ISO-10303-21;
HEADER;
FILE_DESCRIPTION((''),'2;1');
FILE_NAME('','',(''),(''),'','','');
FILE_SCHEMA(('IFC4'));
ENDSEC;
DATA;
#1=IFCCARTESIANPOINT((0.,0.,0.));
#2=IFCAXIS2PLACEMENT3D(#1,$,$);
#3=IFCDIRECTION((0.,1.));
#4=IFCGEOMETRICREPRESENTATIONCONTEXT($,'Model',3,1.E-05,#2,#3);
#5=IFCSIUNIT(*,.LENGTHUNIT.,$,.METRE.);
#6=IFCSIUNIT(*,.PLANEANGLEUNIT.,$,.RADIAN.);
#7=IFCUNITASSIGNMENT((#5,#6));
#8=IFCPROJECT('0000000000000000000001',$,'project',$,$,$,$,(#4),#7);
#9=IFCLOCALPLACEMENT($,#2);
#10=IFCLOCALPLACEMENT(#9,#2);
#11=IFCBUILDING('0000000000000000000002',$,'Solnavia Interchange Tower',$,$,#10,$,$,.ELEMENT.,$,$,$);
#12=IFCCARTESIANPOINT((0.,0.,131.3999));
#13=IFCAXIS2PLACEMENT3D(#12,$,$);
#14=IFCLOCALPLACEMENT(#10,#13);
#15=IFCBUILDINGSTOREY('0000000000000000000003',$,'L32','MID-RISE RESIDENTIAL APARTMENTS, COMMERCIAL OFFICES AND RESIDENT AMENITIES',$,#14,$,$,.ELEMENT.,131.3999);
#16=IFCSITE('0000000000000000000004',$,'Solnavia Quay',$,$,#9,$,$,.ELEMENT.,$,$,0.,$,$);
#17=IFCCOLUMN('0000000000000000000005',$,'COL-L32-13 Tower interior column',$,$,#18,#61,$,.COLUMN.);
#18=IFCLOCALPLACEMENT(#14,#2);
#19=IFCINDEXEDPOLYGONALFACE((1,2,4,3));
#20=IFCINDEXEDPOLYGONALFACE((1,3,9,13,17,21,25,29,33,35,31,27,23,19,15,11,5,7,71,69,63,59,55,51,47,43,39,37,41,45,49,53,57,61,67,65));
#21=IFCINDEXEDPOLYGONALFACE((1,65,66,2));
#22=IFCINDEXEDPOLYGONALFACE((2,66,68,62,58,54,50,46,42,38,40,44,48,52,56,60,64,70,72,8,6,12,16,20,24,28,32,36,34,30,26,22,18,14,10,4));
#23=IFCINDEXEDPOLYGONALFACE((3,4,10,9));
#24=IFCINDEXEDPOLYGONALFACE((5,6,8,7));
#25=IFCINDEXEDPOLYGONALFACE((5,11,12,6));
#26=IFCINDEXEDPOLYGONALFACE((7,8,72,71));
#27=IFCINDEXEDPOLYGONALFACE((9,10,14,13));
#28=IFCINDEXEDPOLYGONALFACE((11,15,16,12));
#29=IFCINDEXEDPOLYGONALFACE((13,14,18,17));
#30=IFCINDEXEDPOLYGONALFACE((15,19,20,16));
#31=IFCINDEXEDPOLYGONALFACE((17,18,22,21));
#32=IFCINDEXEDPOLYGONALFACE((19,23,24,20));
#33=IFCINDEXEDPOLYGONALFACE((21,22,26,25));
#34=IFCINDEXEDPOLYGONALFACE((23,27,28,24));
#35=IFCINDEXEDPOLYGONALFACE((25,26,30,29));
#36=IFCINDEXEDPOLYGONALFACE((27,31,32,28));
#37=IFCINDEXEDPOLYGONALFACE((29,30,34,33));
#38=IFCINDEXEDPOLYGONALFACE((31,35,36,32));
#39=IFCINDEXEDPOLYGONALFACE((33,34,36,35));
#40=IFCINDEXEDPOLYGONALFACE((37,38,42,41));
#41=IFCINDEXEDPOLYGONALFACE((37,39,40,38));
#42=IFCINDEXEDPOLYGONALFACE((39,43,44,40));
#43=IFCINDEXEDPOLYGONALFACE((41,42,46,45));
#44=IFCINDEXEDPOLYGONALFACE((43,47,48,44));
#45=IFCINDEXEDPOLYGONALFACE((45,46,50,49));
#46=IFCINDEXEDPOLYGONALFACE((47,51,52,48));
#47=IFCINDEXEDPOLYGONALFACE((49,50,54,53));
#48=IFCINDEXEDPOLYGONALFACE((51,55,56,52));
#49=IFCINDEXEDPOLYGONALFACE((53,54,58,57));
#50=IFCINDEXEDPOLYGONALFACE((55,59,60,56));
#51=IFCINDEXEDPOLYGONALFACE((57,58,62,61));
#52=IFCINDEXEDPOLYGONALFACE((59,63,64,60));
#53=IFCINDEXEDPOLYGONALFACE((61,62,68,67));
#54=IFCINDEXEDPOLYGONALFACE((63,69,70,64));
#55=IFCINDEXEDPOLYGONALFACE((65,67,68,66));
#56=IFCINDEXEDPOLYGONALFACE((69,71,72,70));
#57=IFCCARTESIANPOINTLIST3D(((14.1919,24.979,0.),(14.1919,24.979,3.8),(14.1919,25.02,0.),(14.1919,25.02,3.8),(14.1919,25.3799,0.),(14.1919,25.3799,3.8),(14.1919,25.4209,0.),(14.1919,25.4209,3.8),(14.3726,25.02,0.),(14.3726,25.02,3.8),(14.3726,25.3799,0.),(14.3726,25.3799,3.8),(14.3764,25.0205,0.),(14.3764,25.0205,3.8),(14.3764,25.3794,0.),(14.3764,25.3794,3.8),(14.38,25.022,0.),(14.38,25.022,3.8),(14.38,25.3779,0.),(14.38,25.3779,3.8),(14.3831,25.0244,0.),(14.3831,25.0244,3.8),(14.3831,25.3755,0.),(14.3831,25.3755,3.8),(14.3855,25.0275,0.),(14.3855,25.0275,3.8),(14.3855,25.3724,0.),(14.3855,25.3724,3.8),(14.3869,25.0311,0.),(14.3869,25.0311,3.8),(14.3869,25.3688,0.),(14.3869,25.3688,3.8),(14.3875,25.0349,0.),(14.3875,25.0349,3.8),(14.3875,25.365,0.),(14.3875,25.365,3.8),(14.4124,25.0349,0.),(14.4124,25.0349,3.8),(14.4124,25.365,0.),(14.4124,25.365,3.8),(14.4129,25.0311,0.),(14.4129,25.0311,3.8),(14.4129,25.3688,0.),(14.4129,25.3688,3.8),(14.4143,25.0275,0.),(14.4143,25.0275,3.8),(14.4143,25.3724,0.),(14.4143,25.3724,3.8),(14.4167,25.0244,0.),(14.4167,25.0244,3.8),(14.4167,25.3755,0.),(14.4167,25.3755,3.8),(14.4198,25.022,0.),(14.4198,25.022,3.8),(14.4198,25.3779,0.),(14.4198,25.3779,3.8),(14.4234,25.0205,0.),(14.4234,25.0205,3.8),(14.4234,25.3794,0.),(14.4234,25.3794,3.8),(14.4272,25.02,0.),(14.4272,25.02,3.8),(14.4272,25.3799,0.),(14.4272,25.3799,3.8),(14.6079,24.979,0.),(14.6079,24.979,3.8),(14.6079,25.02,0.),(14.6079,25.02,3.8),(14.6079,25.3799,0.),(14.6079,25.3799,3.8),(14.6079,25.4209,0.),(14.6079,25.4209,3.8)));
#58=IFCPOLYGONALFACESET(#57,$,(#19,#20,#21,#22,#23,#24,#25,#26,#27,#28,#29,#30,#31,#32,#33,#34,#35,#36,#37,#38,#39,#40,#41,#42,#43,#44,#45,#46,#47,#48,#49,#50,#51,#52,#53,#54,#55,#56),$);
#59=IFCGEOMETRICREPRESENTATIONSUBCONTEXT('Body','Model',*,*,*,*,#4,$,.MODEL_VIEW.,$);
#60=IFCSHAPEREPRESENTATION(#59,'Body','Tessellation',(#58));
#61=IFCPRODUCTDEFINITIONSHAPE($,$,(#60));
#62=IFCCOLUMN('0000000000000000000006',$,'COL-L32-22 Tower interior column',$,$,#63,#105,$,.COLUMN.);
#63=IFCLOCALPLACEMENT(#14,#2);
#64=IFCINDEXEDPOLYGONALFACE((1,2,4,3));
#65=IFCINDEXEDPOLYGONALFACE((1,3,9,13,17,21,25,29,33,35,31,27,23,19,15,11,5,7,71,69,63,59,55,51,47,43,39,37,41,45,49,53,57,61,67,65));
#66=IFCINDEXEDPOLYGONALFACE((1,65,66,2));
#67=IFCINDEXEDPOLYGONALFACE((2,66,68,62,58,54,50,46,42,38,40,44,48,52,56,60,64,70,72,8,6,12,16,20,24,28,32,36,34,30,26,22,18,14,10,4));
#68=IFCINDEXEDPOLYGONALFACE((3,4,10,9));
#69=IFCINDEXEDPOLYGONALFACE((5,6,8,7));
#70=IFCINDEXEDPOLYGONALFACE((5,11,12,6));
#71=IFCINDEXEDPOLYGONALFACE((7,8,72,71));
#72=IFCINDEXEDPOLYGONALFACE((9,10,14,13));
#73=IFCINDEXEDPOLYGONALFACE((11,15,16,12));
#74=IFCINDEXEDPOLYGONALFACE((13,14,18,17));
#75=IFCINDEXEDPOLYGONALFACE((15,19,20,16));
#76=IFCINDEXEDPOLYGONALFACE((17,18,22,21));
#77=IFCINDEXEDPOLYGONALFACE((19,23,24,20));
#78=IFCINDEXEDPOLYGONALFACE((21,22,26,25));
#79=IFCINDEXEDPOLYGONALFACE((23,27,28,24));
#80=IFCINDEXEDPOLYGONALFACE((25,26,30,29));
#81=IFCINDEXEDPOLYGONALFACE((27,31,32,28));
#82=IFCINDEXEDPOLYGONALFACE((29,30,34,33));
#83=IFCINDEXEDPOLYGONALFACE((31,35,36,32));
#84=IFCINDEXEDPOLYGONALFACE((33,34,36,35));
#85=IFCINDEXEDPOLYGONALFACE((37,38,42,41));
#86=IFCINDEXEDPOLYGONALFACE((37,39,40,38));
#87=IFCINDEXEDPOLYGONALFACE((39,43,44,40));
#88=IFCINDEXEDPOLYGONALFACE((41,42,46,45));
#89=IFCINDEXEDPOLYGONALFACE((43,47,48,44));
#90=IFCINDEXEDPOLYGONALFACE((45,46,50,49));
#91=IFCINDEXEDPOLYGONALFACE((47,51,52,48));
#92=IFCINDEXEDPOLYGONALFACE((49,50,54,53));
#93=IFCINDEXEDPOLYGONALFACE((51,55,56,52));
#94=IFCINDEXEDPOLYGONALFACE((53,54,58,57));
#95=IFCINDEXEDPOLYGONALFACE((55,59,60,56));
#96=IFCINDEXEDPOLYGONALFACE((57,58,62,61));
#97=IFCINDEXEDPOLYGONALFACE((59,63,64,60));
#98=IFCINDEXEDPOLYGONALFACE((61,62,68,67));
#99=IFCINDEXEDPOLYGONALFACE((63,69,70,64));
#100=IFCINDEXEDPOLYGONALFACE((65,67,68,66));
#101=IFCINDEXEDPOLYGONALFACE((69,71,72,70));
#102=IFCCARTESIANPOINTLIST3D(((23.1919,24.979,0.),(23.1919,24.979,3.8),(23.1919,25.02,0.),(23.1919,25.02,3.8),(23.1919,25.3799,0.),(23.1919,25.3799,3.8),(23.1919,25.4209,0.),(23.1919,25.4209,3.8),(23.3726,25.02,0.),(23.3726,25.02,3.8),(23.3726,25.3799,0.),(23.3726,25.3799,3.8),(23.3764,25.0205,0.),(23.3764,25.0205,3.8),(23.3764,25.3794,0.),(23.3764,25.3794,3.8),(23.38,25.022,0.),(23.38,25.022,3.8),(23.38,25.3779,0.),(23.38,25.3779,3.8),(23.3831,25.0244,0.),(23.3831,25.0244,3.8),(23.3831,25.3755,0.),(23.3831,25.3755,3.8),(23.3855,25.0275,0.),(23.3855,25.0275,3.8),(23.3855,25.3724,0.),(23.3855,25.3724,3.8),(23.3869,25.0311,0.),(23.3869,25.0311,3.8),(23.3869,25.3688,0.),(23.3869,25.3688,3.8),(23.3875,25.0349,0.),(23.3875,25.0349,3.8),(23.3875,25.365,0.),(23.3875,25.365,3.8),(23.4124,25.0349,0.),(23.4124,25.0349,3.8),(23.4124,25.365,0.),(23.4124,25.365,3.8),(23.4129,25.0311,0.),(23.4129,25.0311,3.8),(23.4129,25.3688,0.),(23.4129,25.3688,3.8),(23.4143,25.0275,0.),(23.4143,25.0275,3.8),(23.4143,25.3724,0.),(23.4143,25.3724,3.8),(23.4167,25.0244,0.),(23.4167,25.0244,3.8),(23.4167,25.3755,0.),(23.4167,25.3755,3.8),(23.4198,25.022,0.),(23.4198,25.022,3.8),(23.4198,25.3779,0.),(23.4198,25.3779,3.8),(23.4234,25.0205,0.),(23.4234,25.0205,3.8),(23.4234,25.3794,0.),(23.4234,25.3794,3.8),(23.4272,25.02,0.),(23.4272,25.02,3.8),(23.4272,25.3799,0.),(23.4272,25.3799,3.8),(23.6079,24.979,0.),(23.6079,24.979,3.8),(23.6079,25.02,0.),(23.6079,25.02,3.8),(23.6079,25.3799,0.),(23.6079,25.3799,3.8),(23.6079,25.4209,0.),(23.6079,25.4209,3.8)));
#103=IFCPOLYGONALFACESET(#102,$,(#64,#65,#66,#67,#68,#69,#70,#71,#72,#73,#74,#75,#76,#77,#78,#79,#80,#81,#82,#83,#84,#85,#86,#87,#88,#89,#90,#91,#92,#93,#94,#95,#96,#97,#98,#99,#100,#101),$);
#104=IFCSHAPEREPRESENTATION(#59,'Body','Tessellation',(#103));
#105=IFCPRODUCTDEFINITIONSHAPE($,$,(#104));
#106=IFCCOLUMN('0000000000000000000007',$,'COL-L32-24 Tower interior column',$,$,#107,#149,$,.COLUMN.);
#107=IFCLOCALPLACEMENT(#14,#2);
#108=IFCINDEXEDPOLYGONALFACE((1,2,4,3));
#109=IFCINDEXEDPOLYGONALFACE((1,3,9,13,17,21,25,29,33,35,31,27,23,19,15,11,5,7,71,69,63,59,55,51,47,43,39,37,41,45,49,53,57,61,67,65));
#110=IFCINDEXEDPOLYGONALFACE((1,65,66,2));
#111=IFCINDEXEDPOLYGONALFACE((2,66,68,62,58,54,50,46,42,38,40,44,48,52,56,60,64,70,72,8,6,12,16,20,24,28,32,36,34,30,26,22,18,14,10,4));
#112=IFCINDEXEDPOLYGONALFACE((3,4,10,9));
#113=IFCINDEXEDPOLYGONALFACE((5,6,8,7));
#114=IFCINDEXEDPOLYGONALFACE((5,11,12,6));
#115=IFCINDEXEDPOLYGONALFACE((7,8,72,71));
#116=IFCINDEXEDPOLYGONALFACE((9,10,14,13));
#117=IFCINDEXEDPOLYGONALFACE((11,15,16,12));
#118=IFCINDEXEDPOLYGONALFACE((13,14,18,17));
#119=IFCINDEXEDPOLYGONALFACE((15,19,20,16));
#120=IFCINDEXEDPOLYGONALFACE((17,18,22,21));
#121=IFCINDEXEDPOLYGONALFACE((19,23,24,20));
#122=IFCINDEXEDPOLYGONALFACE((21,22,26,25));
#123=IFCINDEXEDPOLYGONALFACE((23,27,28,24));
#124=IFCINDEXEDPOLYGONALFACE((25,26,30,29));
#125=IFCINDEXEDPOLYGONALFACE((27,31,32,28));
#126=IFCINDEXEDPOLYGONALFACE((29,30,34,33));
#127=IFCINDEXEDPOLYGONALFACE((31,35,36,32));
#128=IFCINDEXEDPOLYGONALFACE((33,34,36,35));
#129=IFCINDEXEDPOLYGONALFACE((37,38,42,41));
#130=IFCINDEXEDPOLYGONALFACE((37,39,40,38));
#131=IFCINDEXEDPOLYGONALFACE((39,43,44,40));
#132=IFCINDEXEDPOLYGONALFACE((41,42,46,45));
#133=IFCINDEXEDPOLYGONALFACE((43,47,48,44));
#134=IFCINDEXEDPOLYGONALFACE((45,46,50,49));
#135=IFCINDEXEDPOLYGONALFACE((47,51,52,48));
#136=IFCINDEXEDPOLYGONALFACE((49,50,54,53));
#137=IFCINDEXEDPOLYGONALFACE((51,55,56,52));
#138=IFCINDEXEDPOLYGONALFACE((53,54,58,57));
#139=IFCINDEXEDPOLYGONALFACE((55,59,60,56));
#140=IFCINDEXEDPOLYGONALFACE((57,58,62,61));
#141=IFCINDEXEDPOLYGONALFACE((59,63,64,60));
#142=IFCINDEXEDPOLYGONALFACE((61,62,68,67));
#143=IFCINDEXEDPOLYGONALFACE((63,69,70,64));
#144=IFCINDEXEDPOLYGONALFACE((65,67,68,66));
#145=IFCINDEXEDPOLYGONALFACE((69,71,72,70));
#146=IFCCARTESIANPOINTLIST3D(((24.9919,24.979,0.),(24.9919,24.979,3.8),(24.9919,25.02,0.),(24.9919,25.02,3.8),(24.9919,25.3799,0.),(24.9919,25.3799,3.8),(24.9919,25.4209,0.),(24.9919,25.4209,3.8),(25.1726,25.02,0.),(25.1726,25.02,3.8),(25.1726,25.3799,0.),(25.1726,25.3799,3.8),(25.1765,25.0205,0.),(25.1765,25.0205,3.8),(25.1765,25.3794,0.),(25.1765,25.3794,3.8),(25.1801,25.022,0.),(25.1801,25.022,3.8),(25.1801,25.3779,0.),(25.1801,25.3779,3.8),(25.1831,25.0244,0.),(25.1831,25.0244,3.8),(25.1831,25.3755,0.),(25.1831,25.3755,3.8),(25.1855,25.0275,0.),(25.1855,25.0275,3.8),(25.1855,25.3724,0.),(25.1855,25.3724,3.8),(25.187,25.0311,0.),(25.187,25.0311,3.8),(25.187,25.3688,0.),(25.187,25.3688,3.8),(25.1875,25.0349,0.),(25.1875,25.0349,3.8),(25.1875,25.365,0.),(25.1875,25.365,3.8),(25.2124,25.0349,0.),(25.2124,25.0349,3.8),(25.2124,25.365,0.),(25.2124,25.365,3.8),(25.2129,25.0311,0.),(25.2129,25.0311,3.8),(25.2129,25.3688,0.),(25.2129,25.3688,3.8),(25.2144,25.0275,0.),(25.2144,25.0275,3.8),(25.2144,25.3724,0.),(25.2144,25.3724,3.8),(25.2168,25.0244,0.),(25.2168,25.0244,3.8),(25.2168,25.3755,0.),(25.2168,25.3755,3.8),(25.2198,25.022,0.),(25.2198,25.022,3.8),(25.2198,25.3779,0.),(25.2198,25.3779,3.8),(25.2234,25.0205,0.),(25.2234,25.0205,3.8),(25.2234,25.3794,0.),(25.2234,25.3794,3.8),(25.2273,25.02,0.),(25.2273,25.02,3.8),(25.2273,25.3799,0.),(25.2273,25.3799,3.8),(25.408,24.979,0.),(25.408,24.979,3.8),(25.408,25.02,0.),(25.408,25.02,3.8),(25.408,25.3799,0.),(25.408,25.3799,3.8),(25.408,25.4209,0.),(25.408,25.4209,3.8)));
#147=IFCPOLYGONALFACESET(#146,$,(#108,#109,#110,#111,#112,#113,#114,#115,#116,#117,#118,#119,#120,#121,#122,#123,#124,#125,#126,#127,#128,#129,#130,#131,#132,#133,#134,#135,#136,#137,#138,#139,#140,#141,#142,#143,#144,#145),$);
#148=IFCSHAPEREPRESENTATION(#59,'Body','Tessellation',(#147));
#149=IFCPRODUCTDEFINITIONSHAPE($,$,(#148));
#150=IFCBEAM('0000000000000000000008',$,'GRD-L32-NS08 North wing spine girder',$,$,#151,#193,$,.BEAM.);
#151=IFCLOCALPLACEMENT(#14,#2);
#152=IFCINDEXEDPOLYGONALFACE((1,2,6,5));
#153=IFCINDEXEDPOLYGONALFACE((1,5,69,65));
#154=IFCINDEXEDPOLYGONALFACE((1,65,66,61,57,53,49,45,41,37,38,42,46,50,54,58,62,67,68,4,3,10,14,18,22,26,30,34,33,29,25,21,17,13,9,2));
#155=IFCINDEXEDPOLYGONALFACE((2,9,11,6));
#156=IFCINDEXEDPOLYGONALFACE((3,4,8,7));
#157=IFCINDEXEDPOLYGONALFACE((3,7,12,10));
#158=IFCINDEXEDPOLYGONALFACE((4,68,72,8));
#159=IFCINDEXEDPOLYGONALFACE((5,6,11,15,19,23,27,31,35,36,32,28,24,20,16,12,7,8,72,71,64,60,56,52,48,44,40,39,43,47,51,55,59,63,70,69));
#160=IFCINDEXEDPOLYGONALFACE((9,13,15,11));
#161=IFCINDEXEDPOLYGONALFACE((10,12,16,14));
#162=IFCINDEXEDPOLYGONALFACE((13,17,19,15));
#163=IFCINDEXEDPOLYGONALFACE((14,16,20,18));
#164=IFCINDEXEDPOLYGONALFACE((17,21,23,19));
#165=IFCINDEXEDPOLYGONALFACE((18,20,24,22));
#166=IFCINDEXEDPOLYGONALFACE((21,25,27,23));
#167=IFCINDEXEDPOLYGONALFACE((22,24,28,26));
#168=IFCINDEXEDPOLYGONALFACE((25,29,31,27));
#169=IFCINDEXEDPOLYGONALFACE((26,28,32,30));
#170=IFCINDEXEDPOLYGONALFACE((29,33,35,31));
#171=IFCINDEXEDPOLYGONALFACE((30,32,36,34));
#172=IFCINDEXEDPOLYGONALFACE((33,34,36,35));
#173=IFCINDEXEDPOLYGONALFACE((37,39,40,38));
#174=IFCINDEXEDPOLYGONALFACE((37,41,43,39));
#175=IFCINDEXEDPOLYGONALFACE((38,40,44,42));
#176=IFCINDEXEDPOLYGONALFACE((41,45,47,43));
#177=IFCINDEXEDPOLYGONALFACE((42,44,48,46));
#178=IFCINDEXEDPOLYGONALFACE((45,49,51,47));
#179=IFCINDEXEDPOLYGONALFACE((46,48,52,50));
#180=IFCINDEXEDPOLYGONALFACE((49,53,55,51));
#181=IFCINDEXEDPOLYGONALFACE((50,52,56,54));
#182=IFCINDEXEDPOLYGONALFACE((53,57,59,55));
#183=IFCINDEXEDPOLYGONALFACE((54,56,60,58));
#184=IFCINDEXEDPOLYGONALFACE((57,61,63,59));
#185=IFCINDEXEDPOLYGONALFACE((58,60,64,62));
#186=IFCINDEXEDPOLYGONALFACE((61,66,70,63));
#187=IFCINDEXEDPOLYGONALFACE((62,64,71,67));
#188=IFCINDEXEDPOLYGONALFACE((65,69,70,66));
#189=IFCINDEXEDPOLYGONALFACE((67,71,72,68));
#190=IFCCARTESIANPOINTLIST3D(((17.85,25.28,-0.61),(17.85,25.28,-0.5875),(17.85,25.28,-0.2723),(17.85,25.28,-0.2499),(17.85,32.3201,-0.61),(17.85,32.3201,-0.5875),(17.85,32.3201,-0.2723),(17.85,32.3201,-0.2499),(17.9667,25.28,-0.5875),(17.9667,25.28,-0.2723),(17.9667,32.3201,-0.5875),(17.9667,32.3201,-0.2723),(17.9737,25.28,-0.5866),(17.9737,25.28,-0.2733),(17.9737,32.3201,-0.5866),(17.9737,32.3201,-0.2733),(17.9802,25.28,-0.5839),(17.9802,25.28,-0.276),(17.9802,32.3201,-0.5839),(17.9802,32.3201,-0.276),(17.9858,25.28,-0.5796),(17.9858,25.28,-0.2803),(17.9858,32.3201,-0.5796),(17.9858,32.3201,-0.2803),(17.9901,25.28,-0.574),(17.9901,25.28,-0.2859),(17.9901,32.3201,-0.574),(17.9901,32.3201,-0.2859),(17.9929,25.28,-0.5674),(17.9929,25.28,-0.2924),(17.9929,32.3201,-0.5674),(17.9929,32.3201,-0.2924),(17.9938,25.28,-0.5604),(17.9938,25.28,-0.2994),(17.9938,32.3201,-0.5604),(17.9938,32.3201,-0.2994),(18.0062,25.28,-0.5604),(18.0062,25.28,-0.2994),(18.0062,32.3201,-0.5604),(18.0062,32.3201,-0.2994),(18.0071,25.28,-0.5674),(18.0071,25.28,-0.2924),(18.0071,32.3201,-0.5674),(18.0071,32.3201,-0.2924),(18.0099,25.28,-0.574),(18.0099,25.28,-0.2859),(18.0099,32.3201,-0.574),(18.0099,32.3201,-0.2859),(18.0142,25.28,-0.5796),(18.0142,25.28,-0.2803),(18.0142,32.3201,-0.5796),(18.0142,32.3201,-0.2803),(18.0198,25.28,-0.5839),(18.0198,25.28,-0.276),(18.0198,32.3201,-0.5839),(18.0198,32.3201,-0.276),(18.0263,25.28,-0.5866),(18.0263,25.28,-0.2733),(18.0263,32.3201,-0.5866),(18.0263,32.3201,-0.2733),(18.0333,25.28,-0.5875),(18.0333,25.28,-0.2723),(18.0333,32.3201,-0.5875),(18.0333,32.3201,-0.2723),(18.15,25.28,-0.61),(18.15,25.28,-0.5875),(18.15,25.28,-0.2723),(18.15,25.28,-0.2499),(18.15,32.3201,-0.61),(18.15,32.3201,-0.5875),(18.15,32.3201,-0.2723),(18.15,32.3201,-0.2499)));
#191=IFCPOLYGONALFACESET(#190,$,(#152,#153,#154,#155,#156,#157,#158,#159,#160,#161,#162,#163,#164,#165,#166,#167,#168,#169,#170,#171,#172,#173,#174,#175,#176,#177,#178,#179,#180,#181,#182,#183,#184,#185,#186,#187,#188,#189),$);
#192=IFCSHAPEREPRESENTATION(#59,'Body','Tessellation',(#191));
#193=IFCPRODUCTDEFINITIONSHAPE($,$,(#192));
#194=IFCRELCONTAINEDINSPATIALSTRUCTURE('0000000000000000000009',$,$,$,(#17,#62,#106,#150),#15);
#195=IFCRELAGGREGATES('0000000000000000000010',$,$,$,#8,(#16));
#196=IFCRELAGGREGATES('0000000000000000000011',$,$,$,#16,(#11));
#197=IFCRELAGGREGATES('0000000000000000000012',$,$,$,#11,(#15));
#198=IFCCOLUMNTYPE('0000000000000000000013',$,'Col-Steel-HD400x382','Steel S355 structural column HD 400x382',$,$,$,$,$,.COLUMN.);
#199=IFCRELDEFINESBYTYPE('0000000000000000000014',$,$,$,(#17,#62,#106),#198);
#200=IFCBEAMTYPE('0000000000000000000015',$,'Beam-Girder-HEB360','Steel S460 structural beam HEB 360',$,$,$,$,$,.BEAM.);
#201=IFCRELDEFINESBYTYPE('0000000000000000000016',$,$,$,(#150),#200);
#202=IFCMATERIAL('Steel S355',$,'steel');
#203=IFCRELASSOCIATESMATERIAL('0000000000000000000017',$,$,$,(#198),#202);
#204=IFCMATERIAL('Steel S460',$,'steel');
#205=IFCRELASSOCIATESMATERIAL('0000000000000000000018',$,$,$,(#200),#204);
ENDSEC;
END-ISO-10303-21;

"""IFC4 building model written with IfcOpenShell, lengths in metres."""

from ifc_helpers import new_model, si_unit, direction, frame, origin, origin_2d, place, context, subcontext, project, spatial, i_section, extrude, material, material_profile, profile_set, type_object, element, save


model = new_model("IFC4")

# Units and contexts
model_context = context("Model", 3, precision=1e-05, world=origin(), true_north=direction((0.0, 1.0)))
body_context = subcontext(model_context, "Body", "Model", "MODEL_VIEW")
ifc_project = project(units=[si_unit("LENGTHUNIT", "METRE"), si_unit("PLANEANGLEUNIT", "RADIAN")], contexts=[model_context])

# Site, building, storey
site_placement = place(None, origin())
site = spatial("IfcSite", under=ifc_project, at=site_placement, Name="Solnavia Quay", CompositionType="ELEMENT", RefElevation=0.0)
building_placement = place(site_placement, origin())
building = spatial("IfcBuilding", under=site, at=building_placement, Name="Solnavia Interchange Tower", CompositionType="ELEMENT")
storey_placement = place(building_placement, frame((0.0, 0.0, 131.3999)))
storey = spatial("IfcBuildingStorey", under=building, at=storey_placement, Name="L32", Description="MID-RISE RESIDENTIAL APARTMENTS, COMMERCIAL OFFICES AND RESIDENT AMENITIES", CompositionType="ELEMENT", Elevation=131.3999)

# Columns
ifc_material_1 = material(Name="Steel S355", Category="steel")
ifc_material_profile_1 = material_profile(ifc_material_1, i_section(OverallWidth=0.416, OverallDepth=0.4419, WebThickness=0.0249, FlangeThickness=0.041, FilletRadius=0.0149, at=origin_2d()), Name="HD 400x382")
ifc_profile_set_1 = profile_set([ifc_material_profile_1], Name="Steel S355")
column_type = type_object("IfcColumnType", Name="Col-Steel-HD400x382", Description="Steel S355 structural column HD 400x382", PredefinedType="COLUMN", material=ifc_profile_set_1)
for number, where, z_axis, x_axis, name in (
    (1, (14.3999, 25.2, 0.0), (0.0, 0.0, 1.0), (1.0, 0.0, 0.0), "COL-L32-13 Tower interior column"),
    (2, (23.3999, 25.2, 0.0), (0.0, 0.0, 1.0), (1.0, 0.0, 0.0), "COL-L32-22 Tower interior column"),
    (3, (25.2, 25.2, 0.0), (0.0, 0.0, 1.0), (1.0, 0.0, 0.0), "COL-L32-24 Tower interior column"),
):
    element("IfcColumn", number, at=place(storey_placement, frame(where, z_axis=z_axis, x_axis=x_axis)), inside=storey, type_object=column_type, Name=name, PredefinedType="COLUMN", context=body_context, shape_type="SweptSolid", body=[
        extrude(i_section(OverallWidth=0.416, OverallDepth=0.4419, WebThickness=0.0249, FlangeThickness=0.041, FilletRadius=0.0149, at=origin_2d()), origin(), (0.0, 0.0, 1.0), 3.8),
    ])

# Beam
ifc_material_2 = material(Name="Steel S460", Category="steel")
ifc_material_profile_2 = material_profile(ifc_material_2, i_section(OverallWidth=0.3, OverallDepth=0.3601, WebThickness=0.0125, FlangeThickness=0.0225, FilletRadius=0.0271, at=origin_2d()), Name="HEB 360")
ifc_profile_set_2 = profile_set([ifc_material_profile_2], Name="Steel S460")
beam_type_1 = type_object("IfcBeamType", Name="Beam-Girder-HEB360", Description="Steel S460 structural beam HEB 360", PredefinedType="BEAM", material=ifc_profile_set_2)
beam_1_placement = place(storey_placement, frame((18.0, 25.28, -0.4299), z_axis=(0.0, 1.0, 0.0), x_axis=(-1.0, 0.0, 0.0)))
element("IfcBeam", 4, at=beam_1_placement, inside=storey, type_object=beam_type_1, Name="GRD-L32-NS08 North wing spine girder", PredefinedType="BEAM", context=body_context, shape_type="SweptSolid", body=[
    extrude(i_section(OverallWidth=0.3, OverallDepth=0.3601, WebThickness=0.0125, FlangeThickness=0.0225, FilletRadius=0.0271, at=origin_2d()), origin(), (0.0, 0.0, 1.0), 7.04),
])

save(model, "model.ifc")
